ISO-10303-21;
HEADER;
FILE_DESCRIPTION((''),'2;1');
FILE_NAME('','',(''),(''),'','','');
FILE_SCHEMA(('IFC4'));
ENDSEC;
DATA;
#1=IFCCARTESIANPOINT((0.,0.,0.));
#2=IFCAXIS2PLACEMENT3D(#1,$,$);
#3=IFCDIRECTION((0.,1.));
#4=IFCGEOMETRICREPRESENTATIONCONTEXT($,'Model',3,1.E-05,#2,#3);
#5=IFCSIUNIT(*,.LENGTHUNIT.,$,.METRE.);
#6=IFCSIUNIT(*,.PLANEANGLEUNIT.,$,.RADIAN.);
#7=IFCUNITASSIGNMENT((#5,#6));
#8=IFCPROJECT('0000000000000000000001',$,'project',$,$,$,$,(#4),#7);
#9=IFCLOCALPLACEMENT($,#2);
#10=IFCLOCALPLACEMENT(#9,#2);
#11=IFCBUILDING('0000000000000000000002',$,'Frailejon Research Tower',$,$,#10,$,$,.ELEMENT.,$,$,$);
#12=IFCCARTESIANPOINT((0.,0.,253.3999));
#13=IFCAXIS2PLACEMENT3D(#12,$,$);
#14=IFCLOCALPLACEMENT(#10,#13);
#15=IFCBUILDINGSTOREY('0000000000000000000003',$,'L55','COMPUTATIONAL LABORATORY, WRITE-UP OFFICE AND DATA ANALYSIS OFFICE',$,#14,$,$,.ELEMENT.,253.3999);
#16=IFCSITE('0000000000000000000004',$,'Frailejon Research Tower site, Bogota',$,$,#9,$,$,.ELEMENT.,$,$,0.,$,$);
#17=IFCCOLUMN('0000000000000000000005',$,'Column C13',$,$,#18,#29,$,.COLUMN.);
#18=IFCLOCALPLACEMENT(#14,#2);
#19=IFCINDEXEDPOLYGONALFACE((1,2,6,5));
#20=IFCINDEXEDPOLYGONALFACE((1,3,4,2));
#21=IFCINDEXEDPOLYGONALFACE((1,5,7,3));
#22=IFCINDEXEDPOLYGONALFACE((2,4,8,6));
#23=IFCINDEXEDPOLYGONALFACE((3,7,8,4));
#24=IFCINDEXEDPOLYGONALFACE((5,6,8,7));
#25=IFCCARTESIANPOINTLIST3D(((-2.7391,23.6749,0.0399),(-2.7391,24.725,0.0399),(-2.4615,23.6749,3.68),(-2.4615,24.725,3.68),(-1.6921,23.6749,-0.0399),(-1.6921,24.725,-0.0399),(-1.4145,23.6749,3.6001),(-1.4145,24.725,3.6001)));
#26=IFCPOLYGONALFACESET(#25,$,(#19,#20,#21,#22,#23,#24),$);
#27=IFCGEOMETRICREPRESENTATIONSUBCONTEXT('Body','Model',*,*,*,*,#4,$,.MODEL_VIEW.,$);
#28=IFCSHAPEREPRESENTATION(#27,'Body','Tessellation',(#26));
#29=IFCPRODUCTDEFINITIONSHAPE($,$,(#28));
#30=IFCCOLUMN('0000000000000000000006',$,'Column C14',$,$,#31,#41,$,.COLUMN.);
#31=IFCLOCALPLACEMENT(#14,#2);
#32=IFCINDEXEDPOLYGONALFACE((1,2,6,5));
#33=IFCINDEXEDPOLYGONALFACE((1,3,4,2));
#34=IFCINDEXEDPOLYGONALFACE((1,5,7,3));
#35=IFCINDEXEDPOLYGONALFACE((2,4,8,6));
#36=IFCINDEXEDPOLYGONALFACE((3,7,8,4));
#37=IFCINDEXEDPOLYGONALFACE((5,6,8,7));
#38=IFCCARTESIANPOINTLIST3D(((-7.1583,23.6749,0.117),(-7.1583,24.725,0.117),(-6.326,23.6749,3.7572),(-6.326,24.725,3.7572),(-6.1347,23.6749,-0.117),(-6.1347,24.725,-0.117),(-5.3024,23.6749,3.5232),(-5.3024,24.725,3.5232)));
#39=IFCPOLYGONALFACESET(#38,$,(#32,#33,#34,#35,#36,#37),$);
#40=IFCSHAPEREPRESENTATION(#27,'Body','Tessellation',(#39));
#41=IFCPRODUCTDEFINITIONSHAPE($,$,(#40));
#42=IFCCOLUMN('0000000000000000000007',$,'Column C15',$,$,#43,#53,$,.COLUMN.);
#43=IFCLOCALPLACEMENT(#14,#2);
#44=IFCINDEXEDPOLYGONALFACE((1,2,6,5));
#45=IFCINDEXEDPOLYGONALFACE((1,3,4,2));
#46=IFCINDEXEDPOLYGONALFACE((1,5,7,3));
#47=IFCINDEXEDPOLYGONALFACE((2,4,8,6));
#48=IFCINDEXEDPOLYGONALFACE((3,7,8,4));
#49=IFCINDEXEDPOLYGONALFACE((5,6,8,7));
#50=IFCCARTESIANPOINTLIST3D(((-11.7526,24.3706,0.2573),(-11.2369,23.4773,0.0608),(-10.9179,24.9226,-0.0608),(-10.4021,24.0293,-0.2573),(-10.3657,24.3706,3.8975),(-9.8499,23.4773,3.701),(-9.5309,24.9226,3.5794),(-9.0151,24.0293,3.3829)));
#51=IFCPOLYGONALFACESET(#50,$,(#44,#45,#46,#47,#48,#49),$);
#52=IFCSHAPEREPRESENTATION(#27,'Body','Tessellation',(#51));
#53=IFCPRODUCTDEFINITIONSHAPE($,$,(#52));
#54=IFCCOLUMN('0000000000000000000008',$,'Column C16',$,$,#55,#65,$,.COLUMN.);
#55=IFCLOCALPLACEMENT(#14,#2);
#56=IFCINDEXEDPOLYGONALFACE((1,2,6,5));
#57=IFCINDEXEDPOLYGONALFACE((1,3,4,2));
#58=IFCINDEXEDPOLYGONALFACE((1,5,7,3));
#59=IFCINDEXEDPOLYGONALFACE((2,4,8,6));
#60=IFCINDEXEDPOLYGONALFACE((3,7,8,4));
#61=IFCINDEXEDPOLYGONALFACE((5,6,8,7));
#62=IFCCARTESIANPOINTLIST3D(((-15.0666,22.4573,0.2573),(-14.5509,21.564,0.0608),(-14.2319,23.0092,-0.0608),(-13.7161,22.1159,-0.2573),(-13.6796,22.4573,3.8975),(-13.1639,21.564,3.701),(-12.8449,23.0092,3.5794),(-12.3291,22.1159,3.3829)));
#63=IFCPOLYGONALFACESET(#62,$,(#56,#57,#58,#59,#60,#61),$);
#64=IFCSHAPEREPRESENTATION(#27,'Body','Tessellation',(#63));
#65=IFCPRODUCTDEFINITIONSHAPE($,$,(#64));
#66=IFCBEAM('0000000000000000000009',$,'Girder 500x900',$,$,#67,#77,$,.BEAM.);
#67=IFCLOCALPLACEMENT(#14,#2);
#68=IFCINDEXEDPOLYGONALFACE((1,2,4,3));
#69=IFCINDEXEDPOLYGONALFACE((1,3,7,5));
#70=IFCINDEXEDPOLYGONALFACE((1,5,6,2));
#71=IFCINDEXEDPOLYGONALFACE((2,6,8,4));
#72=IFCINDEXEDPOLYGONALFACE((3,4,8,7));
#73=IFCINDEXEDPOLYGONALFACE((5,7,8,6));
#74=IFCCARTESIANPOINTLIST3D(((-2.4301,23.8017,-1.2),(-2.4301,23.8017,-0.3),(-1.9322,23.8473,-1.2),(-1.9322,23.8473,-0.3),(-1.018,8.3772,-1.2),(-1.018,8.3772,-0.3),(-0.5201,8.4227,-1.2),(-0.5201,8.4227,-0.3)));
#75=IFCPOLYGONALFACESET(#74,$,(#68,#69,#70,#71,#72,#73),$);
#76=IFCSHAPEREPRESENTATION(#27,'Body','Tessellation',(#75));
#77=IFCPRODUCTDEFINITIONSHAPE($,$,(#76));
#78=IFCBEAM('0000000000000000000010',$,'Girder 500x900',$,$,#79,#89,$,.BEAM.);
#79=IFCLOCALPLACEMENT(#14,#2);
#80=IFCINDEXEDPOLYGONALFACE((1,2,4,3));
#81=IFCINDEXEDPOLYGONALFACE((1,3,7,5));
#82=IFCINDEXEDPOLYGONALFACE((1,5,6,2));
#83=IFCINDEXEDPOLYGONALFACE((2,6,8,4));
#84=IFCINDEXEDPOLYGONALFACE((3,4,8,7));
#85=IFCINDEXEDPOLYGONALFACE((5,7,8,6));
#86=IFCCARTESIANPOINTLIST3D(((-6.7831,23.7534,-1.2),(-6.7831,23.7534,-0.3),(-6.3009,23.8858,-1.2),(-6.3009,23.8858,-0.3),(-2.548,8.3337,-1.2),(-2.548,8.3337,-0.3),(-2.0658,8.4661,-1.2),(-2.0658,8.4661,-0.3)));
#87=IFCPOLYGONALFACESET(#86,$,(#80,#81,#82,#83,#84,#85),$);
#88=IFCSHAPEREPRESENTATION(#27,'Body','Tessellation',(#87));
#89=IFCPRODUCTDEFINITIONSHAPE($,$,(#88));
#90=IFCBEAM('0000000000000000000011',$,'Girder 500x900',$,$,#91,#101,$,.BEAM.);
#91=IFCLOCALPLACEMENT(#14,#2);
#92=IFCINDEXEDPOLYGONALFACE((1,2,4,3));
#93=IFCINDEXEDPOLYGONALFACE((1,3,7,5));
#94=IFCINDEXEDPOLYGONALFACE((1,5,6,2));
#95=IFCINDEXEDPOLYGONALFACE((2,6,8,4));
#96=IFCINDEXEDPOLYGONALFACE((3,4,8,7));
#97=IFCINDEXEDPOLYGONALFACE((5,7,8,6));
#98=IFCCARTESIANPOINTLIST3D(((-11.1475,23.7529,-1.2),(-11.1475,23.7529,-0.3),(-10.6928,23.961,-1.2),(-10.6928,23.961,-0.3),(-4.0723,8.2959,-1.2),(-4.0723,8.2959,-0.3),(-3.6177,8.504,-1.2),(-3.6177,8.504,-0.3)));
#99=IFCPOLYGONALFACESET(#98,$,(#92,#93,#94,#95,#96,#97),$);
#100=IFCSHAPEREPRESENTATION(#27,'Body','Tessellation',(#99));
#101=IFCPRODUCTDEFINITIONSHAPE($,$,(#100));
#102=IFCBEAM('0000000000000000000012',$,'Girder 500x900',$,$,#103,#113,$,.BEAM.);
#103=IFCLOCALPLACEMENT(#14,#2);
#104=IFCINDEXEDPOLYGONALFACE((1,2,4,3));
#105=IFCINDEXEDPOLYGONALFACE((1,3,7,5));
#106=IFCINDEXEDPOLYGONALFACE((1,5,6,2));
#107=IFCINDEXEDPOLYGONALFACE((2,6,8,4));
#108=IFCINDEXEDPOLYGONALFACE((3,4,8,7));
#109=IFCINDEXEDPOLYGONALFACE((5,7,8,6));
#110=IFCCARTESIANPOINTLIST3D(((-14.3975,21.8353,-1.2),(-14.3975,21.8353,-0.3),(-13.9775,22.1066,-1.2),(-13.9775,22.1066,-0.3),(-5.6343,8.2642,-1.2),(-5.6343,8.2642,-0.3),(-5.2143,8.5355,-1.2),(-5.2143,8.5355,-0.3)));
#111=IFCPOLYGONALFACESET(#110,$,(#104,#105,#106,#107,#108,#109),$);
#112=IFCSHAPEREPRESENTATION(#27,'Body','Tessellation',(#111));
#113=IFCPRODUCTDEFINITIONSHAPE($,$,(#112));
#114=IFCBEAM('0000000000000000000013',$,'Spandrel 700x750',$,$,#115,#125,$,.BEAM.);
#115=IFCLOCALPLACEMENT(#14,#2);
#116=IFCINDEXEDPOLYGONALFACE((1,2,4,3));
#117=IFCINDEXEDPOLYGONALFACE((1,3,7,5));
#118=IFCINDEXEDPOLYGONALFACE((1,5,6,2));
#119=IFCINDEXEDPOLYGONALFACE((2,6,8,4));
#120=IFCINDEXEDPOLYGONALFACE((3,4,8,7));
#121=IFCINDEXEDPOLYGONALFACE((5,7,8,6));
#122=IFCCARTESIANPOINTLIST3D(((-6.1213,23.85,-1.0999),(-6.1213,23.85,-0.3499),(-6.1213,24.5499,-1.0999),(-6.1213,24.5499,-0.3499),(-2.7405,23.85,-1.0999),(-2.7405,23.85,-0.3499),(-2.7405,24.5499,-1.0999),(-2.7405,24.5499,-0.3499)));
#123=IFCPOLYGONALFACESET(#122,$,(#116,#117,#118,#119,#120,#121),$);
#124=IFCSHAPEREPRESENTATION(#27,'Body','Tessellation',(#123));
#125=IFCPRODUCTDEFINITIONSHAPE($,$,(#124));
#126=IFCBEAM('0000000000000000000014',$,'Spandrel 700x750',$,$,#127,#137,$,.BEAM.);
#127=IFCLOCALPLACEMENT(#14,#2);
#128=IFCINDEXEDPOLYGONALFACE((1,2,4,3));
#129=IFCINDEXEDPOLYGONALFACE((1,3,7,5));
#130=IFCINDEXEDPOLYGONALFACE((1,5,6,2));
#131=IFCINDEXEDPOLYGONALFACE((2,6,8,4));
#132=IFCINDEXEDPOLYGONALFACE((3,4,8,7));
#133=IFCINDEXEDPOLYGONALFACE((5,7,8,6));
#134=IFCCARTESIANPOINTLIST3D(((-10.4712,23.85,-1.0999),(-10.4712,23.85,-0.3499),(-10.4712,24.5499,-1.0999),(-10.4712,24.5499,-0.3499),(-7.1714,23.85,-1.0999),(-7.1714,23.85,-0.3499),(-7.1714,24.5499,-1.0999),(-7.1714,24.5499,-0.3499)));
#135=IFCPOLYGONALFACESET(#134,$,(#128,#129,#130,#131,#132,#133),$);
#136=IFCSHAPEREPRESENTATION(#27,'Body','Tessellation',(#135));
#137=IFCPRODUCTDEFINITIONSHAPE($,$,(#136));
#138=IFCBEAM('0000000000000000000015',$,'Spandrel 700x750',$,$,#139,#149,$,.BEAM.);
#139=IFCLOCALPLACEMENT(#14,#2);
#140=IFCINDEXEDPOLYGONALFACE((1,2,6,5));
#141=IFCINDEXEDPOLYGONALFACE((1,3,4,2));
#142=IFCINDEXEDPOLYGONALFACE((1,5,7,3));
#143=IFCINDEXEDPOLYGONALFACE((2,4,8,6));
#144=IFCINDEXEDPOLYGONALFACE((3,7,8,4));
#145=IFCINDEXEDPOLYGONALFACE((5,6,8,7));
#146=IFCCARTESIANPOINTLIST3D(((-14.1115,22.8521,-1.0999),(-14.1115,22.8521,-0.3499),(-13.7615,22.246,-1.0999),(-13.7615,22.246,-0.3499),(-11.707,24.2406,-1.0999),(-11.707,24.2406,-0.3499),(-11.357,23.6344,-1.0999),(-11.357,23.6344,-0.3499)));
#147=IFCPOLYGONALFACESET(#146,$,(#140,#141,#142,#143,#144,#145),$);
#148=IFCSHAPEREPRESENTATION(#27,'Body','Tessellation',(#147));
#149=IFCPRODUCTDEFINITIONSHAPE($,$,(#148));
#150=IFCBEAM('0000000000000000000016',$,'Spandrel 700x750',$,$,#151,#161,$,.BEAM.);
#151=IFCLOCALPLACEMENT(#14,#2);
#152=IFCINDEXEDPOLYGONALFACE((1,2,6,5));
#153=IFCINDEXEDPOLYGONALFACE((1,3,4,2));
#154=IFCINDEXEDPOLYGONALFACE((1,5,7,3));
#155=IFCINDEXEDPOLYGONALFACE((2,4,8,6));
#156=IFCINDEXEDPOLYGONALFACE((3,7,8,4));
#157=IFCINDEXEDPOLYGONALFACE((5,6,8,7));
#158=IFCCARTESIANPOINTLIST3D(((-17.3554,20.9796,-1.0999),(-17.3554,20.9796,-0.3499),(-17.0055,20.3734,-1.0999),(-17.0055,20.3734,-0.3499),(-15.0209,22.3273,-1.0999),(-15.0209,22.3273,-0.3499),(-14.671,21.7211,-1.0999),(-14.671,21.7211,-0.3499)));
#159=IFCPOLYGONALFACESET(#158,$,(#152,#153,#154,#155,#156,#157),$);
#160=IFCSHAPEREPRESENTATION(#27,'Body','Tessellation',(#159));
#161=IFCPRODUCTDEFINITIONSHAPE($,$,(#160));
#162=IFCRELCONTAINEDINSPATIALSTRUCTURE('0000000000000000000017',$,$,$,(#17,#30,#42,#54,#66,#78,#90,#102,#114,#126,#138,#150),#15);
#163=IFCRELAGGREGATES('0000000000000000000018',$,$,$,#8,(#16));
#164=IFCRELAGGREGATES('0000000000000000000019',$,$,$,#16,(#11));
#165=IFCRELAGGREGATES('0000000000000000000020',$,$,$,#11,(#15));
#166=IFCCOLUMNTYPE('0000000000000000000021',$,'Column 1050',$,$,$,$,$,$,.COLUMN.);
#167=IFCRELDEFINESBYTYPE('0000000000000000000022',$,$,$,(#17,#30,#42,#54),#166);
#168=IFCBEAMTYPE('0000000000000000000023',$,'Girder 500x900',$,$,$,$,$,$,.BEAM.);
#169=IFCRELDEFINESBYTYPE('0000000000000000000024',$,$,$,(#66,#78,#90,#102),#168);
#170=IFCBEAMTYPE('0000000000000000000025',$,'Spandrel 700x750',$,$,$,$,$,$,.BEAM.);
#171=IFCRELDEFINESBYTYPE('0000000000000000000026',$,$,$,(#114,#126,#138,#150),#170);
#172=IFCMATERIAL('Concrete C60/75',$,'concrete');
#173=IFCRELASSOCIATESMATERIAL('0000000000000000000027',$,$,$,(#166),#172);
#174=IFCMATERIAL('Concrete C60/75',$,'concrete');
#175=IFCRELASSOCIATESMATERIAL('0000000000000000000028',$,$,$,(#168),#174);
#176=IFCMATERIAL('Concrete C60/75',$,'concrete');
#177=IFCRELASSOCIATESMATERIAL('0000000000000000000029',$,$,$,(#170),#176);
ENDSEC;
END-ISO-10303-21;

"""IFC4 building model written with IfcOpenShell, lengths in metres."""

from ifc_helpers import new_model, si_unit, direction, frame, origin, origin_2d, place, context, subcontext, project, spatial, rectangle, extrude, material, material_profile, profile_set, type_object, element, save


model = new_model("IFC4")

# Units and contexts
model_context = context("Model", 3, precision=1e-05, world=origin(), true_north=direction((0.0, 1.0)))
body_context = subcontext(model_context, "Body", "Model", "MODEL_VIEW")
ifc_project = project(units=[si_unit("LENGTHUNIT", "METRE"), si_unit("PLANEANGLEUNIT", "RADIAN")], contexts=[model_context])

# Site, building, storey
site_placement = place(None, origin())
site = spatial("IfcSite", under=ifc_project, at=site_placement, Name="Frailejon Research Tower site, Bogota", CompositionType="ELEMENT", RefElevation=0.0)
building_placement = place(site_placement, origin())
building = spatial("IfcBuilding", under=site, at=building_placement, Name="Frailejon Research Tower", CompositionType="ELEMENT")
storey_placement = place(building_placement, frame((0.0, 0.0, 253.3999)))
storey = spatial("IfcBuildingStorey", under=building, at=storey_placement, Name="L55", Description="COMPUTATIONAL LABORATORY, WRITE-UP OFFICE AND DATA ANALYSIS OFFICE", CompositionType="ELEMENT", Elevation=253.3999)

# Columns
ifc_material_1 = material(Name="Concrete C60/75", Category="concrete")
ifc_material_profile_1 = material_profile(ifc_material_1, rectangle(XDim=1.05, YDim=1.05, at=origin_2d()), Name="Column 1050")
ifc_profile_set_1 = profile_set([ifc_material_profile_1], Name="Concrete C60/75")
column_type = type_object("IfcColumnType", Name="Column 1050", PredefinedType="COLUMN", material=ifc_profile_set_1)
column_1_placement = place(storey_placement, frame((-2.2156, 24.2, 0.0), z_axis=(0.076037, 0.0, 0.997105), x_axis=(-0.997105, 0.0, 0.076037)))
element("IfcColumn", 1, at=column_1_placement, inside=storey, type_object=column_type, Name="Column C13", PredefinedType="COLUMN", context=body_context, shape_type="SweptSolid", body=[
    extrude(rectangle(XDim=1.05, YDim=1.05, at=origin_2d()), origin(), (0.0, 0.0, 1.0), 3.6506),
])
column_2_placement = place(storey_placement, frame((-6.6465, 24.2, 0.0), z_axis=(0.222887, 0.0, 0.974844), x_axis=(-0.974844, 0.0, 0.222887)))
element("IfcColumn", 2, at=column_2_placement, inside=storey, type_object=column_type, Name="Column C14", PredefinedType="COLUMN", context=body_context, shape_type="SweptSolid", body=[
    extrude(rectangle(XDim=1.05, YDim=1.05, at=origin_2d()), origin(), (0.0, 0.0, 1.0), 3.7341),
])
for number, where, z_axis, x_axis, name in (
    (3, (-11.0774, 24.2, 0.0), (0.35605, 0.0, 0.934467), (-0.794974, -0.525611, 0.302901), "Column C15"),
    (4, (-14.3914, 22.2866, 0.0), (0.35605, 0.0, 0.934467), (-0.794974, -0.525611, 0.302901), "Column C16"),
):
    element("IfcColumn", number, at=place(storey_placement, frame(where, z_axis=z_axis, x_axis=x_axis)), inside=storey, type_object=column_type, Name=name, PredefinedType="COLUMN", context=body_context, shape_type="SweptSolid", body=[
        extrude(rectangle(XDim=1.05, YDim=1.05, at=origin_2d()), origin(), (0.0, 0.0, 1.0), 3.8955),
    ])

# Beams
ifc_material_2 = material(Name="Concrete C60/75", Category="concrete")
ifc_material_profile_2 = material_profile(ifc_material_2, rectangle(XDim=0.5, YDim=0.8999, at=origin_2d()), Name="Girder 500x900")
ifc_profile_set_2 = profile_set([ifc_material_profile_2], Name="Concrete C60/75")
beam_type_1 = type_object("IfcBeamType", Name="Girder 500x900", PredefinedType="BEAM", material=ifc_profile_set_2)
beam_1_placement = place(storey_placement, frame((-2.1812, 23.8245, -0.75), z_axis=(0.091168, -0.995836, 0.0), x_axis=(0.995836, 0.091168, 0.0)))
element("IfcBeam", 5, at=beam_1_placement, inside=storey, type_object=beam_type_1, Name="Girder 500x900", PredefinedType="BEAM", context=body_context, shape_type="SweptSolid", body=[
    extrude(rectangle(XDim=0.5, YDim=0.8999, at=origin_2d()), origin(), (0.0, 0.0, 1.0), 15.489),
])
beam_2_placement = place(storey_placement, frame((-6.542, 23.8196, -0.75), z_axis=(0.264848, -0.96429, 0.0), x_axis=(0.96429, 0.264848, 0.0)))
element("IfcBeam", 6, at=beam_2_placement, inside=storey, type_object=beam_type_1, Name="Girder 500x900", PredefinedType="BEAM", context=body_context, shape_type="SweptSolid", body=[
    extrude(rectangle(XDim=0.5, YDim=0.8999, at=origin_2d()), origin(), (0.0, 0.0, 1.0), 15.9907),
])
beam_3_placement = place(storey_placement, frame((-10.9202, 23.8569, -0.75), z_axis=(0.416204, -0.909271, 0.0), x_axis=(0.909271, 0.416204, 0.0)))
element("IfcBeam", 7, at=beam_3_placement, inside=storey, type_object=beam_type_1, Name="Girder 500x900", PredefinedType="BEAM", context=body_context, shape_type="SweptSolid", body=[
    extrude(rectangle(XDim=0.5, YDim=0.8999, at=origin_2d()), origin(), (0.0, 0.0, 1.0), 16.9993),
])
beam_4_placement = place(storey_placement, frame((-14.1875, 21.9709, -0.75), z_axis=(0.542462, -0.84008, 0.0), x_axis=(0.84008, 0.542462, 0.0)))
element("IfcBeam", 8, at=beam_4_placement, inside=storey, type_object=beam_type_1, Name="Girder 500x900", PredefinedType="BEAM", context=body_context, shape_type="SweptSolid", body=[
    extrude(rectangle(XDim=0.5, YDim=0.8999, at=origin_2d()), origin(), (0.0, 0.0, 1.0), 16.1545),
])
ifc_material_3 = material(Name="Concrete C60/75", Category="concrete")
ifc_material_profile_3 = material_profile(ifc_material_3, rectangle(XDim=0.7, YDim=0.75, at=origin_2d()), Name="Spandrel 700x750")
ifc_profile_set_3 = profile_set([ifc_material_profile_3], Name="Concrete C60/75")
beam_type_2 = type_object("IfcBeamType", Name="Spandrel 700x750", PredefinedType="BEAM", material=ifc_profile_set_3)
beam_5_placement = place(storey_placement, frame((-2.7405, 24.2, -0.7249), z_axis=(-1.0, 0.0, 0.0), x_axis=(0.0, -1.0, 0.0)))
element("IfcBeam", 9, at=beam_5_placement, inside=storey, type_object=beam_type_2, Name="Spandrel 700x750", PredefinedType="BEAM", context=body_context, shape_type="SweptSolid", body=[
    extrude(rectangle(XDim=0.7, YDim=0.75, at=origin_2d()), origin(), (0.0, 0.0, 1.0), 3.3809),
])
beam_6_placement = place(storey_placement, frame((-7.1714, 24.2, -0.7249), z_axis=(-1.0, 0.0, 0.0), x_axis=(0.0, -1.0, 0.0)))
element("IfcBeam", 10, at=beam_6_placement, inside=storey, type_object=beam_type_2, Name="Spandrel 700x750", PredefinedType="BEAM", context=body_context, shape_type="SweptSolid", body=[
    extrude(rectangle(XDim=0.7, YDim=0.75, at=origin_2d()), origin(), (0.0, 0.0, 1.0), 3.2998),
])
beam_7_placement = place(storey_placement, frame((-11.532, 23.9375, -0.7249), z_axis=(-0.866, -0.500045, 0.0), x_axis=(0.500045, -0.866, 0.0)))
element("IfcBeam", 11, at=beam_7_placement, inside=storey, type_object=beam_type_2, Name="Spandrel 700x750", PredefinedType="BEAM", context=body_context, shape_type="SweptSolid", body=[
    extrude(rectangle(XDim=0.7, YDim=0.75, at=origin_2d()), origin(), (0.0, 0.0, 1.0), 2.7766),
])
beam_8_placement = place(storey_placement, frame((-14.8459, 22.0242, -0.7249), z_axis=(-0.86605, -0.499958, 0.0), x_axis=(0.499958, -0.86605, 0.0)))
element("IfcBeam", 12, at=beam_8_placement, inside=storey, type_object=beam_type_2, Name="Spandrel 700x750", PredefinedType="BEAM", context=body_context, shape_type="SweptSolid", body=[
    extrude(rectangle(XDim=0.7, YDim=0.75, at=origin_2d()), origin(), (0.0, 0.0, 1.0), 2.6956),
])

save(model, "model.ifc")
